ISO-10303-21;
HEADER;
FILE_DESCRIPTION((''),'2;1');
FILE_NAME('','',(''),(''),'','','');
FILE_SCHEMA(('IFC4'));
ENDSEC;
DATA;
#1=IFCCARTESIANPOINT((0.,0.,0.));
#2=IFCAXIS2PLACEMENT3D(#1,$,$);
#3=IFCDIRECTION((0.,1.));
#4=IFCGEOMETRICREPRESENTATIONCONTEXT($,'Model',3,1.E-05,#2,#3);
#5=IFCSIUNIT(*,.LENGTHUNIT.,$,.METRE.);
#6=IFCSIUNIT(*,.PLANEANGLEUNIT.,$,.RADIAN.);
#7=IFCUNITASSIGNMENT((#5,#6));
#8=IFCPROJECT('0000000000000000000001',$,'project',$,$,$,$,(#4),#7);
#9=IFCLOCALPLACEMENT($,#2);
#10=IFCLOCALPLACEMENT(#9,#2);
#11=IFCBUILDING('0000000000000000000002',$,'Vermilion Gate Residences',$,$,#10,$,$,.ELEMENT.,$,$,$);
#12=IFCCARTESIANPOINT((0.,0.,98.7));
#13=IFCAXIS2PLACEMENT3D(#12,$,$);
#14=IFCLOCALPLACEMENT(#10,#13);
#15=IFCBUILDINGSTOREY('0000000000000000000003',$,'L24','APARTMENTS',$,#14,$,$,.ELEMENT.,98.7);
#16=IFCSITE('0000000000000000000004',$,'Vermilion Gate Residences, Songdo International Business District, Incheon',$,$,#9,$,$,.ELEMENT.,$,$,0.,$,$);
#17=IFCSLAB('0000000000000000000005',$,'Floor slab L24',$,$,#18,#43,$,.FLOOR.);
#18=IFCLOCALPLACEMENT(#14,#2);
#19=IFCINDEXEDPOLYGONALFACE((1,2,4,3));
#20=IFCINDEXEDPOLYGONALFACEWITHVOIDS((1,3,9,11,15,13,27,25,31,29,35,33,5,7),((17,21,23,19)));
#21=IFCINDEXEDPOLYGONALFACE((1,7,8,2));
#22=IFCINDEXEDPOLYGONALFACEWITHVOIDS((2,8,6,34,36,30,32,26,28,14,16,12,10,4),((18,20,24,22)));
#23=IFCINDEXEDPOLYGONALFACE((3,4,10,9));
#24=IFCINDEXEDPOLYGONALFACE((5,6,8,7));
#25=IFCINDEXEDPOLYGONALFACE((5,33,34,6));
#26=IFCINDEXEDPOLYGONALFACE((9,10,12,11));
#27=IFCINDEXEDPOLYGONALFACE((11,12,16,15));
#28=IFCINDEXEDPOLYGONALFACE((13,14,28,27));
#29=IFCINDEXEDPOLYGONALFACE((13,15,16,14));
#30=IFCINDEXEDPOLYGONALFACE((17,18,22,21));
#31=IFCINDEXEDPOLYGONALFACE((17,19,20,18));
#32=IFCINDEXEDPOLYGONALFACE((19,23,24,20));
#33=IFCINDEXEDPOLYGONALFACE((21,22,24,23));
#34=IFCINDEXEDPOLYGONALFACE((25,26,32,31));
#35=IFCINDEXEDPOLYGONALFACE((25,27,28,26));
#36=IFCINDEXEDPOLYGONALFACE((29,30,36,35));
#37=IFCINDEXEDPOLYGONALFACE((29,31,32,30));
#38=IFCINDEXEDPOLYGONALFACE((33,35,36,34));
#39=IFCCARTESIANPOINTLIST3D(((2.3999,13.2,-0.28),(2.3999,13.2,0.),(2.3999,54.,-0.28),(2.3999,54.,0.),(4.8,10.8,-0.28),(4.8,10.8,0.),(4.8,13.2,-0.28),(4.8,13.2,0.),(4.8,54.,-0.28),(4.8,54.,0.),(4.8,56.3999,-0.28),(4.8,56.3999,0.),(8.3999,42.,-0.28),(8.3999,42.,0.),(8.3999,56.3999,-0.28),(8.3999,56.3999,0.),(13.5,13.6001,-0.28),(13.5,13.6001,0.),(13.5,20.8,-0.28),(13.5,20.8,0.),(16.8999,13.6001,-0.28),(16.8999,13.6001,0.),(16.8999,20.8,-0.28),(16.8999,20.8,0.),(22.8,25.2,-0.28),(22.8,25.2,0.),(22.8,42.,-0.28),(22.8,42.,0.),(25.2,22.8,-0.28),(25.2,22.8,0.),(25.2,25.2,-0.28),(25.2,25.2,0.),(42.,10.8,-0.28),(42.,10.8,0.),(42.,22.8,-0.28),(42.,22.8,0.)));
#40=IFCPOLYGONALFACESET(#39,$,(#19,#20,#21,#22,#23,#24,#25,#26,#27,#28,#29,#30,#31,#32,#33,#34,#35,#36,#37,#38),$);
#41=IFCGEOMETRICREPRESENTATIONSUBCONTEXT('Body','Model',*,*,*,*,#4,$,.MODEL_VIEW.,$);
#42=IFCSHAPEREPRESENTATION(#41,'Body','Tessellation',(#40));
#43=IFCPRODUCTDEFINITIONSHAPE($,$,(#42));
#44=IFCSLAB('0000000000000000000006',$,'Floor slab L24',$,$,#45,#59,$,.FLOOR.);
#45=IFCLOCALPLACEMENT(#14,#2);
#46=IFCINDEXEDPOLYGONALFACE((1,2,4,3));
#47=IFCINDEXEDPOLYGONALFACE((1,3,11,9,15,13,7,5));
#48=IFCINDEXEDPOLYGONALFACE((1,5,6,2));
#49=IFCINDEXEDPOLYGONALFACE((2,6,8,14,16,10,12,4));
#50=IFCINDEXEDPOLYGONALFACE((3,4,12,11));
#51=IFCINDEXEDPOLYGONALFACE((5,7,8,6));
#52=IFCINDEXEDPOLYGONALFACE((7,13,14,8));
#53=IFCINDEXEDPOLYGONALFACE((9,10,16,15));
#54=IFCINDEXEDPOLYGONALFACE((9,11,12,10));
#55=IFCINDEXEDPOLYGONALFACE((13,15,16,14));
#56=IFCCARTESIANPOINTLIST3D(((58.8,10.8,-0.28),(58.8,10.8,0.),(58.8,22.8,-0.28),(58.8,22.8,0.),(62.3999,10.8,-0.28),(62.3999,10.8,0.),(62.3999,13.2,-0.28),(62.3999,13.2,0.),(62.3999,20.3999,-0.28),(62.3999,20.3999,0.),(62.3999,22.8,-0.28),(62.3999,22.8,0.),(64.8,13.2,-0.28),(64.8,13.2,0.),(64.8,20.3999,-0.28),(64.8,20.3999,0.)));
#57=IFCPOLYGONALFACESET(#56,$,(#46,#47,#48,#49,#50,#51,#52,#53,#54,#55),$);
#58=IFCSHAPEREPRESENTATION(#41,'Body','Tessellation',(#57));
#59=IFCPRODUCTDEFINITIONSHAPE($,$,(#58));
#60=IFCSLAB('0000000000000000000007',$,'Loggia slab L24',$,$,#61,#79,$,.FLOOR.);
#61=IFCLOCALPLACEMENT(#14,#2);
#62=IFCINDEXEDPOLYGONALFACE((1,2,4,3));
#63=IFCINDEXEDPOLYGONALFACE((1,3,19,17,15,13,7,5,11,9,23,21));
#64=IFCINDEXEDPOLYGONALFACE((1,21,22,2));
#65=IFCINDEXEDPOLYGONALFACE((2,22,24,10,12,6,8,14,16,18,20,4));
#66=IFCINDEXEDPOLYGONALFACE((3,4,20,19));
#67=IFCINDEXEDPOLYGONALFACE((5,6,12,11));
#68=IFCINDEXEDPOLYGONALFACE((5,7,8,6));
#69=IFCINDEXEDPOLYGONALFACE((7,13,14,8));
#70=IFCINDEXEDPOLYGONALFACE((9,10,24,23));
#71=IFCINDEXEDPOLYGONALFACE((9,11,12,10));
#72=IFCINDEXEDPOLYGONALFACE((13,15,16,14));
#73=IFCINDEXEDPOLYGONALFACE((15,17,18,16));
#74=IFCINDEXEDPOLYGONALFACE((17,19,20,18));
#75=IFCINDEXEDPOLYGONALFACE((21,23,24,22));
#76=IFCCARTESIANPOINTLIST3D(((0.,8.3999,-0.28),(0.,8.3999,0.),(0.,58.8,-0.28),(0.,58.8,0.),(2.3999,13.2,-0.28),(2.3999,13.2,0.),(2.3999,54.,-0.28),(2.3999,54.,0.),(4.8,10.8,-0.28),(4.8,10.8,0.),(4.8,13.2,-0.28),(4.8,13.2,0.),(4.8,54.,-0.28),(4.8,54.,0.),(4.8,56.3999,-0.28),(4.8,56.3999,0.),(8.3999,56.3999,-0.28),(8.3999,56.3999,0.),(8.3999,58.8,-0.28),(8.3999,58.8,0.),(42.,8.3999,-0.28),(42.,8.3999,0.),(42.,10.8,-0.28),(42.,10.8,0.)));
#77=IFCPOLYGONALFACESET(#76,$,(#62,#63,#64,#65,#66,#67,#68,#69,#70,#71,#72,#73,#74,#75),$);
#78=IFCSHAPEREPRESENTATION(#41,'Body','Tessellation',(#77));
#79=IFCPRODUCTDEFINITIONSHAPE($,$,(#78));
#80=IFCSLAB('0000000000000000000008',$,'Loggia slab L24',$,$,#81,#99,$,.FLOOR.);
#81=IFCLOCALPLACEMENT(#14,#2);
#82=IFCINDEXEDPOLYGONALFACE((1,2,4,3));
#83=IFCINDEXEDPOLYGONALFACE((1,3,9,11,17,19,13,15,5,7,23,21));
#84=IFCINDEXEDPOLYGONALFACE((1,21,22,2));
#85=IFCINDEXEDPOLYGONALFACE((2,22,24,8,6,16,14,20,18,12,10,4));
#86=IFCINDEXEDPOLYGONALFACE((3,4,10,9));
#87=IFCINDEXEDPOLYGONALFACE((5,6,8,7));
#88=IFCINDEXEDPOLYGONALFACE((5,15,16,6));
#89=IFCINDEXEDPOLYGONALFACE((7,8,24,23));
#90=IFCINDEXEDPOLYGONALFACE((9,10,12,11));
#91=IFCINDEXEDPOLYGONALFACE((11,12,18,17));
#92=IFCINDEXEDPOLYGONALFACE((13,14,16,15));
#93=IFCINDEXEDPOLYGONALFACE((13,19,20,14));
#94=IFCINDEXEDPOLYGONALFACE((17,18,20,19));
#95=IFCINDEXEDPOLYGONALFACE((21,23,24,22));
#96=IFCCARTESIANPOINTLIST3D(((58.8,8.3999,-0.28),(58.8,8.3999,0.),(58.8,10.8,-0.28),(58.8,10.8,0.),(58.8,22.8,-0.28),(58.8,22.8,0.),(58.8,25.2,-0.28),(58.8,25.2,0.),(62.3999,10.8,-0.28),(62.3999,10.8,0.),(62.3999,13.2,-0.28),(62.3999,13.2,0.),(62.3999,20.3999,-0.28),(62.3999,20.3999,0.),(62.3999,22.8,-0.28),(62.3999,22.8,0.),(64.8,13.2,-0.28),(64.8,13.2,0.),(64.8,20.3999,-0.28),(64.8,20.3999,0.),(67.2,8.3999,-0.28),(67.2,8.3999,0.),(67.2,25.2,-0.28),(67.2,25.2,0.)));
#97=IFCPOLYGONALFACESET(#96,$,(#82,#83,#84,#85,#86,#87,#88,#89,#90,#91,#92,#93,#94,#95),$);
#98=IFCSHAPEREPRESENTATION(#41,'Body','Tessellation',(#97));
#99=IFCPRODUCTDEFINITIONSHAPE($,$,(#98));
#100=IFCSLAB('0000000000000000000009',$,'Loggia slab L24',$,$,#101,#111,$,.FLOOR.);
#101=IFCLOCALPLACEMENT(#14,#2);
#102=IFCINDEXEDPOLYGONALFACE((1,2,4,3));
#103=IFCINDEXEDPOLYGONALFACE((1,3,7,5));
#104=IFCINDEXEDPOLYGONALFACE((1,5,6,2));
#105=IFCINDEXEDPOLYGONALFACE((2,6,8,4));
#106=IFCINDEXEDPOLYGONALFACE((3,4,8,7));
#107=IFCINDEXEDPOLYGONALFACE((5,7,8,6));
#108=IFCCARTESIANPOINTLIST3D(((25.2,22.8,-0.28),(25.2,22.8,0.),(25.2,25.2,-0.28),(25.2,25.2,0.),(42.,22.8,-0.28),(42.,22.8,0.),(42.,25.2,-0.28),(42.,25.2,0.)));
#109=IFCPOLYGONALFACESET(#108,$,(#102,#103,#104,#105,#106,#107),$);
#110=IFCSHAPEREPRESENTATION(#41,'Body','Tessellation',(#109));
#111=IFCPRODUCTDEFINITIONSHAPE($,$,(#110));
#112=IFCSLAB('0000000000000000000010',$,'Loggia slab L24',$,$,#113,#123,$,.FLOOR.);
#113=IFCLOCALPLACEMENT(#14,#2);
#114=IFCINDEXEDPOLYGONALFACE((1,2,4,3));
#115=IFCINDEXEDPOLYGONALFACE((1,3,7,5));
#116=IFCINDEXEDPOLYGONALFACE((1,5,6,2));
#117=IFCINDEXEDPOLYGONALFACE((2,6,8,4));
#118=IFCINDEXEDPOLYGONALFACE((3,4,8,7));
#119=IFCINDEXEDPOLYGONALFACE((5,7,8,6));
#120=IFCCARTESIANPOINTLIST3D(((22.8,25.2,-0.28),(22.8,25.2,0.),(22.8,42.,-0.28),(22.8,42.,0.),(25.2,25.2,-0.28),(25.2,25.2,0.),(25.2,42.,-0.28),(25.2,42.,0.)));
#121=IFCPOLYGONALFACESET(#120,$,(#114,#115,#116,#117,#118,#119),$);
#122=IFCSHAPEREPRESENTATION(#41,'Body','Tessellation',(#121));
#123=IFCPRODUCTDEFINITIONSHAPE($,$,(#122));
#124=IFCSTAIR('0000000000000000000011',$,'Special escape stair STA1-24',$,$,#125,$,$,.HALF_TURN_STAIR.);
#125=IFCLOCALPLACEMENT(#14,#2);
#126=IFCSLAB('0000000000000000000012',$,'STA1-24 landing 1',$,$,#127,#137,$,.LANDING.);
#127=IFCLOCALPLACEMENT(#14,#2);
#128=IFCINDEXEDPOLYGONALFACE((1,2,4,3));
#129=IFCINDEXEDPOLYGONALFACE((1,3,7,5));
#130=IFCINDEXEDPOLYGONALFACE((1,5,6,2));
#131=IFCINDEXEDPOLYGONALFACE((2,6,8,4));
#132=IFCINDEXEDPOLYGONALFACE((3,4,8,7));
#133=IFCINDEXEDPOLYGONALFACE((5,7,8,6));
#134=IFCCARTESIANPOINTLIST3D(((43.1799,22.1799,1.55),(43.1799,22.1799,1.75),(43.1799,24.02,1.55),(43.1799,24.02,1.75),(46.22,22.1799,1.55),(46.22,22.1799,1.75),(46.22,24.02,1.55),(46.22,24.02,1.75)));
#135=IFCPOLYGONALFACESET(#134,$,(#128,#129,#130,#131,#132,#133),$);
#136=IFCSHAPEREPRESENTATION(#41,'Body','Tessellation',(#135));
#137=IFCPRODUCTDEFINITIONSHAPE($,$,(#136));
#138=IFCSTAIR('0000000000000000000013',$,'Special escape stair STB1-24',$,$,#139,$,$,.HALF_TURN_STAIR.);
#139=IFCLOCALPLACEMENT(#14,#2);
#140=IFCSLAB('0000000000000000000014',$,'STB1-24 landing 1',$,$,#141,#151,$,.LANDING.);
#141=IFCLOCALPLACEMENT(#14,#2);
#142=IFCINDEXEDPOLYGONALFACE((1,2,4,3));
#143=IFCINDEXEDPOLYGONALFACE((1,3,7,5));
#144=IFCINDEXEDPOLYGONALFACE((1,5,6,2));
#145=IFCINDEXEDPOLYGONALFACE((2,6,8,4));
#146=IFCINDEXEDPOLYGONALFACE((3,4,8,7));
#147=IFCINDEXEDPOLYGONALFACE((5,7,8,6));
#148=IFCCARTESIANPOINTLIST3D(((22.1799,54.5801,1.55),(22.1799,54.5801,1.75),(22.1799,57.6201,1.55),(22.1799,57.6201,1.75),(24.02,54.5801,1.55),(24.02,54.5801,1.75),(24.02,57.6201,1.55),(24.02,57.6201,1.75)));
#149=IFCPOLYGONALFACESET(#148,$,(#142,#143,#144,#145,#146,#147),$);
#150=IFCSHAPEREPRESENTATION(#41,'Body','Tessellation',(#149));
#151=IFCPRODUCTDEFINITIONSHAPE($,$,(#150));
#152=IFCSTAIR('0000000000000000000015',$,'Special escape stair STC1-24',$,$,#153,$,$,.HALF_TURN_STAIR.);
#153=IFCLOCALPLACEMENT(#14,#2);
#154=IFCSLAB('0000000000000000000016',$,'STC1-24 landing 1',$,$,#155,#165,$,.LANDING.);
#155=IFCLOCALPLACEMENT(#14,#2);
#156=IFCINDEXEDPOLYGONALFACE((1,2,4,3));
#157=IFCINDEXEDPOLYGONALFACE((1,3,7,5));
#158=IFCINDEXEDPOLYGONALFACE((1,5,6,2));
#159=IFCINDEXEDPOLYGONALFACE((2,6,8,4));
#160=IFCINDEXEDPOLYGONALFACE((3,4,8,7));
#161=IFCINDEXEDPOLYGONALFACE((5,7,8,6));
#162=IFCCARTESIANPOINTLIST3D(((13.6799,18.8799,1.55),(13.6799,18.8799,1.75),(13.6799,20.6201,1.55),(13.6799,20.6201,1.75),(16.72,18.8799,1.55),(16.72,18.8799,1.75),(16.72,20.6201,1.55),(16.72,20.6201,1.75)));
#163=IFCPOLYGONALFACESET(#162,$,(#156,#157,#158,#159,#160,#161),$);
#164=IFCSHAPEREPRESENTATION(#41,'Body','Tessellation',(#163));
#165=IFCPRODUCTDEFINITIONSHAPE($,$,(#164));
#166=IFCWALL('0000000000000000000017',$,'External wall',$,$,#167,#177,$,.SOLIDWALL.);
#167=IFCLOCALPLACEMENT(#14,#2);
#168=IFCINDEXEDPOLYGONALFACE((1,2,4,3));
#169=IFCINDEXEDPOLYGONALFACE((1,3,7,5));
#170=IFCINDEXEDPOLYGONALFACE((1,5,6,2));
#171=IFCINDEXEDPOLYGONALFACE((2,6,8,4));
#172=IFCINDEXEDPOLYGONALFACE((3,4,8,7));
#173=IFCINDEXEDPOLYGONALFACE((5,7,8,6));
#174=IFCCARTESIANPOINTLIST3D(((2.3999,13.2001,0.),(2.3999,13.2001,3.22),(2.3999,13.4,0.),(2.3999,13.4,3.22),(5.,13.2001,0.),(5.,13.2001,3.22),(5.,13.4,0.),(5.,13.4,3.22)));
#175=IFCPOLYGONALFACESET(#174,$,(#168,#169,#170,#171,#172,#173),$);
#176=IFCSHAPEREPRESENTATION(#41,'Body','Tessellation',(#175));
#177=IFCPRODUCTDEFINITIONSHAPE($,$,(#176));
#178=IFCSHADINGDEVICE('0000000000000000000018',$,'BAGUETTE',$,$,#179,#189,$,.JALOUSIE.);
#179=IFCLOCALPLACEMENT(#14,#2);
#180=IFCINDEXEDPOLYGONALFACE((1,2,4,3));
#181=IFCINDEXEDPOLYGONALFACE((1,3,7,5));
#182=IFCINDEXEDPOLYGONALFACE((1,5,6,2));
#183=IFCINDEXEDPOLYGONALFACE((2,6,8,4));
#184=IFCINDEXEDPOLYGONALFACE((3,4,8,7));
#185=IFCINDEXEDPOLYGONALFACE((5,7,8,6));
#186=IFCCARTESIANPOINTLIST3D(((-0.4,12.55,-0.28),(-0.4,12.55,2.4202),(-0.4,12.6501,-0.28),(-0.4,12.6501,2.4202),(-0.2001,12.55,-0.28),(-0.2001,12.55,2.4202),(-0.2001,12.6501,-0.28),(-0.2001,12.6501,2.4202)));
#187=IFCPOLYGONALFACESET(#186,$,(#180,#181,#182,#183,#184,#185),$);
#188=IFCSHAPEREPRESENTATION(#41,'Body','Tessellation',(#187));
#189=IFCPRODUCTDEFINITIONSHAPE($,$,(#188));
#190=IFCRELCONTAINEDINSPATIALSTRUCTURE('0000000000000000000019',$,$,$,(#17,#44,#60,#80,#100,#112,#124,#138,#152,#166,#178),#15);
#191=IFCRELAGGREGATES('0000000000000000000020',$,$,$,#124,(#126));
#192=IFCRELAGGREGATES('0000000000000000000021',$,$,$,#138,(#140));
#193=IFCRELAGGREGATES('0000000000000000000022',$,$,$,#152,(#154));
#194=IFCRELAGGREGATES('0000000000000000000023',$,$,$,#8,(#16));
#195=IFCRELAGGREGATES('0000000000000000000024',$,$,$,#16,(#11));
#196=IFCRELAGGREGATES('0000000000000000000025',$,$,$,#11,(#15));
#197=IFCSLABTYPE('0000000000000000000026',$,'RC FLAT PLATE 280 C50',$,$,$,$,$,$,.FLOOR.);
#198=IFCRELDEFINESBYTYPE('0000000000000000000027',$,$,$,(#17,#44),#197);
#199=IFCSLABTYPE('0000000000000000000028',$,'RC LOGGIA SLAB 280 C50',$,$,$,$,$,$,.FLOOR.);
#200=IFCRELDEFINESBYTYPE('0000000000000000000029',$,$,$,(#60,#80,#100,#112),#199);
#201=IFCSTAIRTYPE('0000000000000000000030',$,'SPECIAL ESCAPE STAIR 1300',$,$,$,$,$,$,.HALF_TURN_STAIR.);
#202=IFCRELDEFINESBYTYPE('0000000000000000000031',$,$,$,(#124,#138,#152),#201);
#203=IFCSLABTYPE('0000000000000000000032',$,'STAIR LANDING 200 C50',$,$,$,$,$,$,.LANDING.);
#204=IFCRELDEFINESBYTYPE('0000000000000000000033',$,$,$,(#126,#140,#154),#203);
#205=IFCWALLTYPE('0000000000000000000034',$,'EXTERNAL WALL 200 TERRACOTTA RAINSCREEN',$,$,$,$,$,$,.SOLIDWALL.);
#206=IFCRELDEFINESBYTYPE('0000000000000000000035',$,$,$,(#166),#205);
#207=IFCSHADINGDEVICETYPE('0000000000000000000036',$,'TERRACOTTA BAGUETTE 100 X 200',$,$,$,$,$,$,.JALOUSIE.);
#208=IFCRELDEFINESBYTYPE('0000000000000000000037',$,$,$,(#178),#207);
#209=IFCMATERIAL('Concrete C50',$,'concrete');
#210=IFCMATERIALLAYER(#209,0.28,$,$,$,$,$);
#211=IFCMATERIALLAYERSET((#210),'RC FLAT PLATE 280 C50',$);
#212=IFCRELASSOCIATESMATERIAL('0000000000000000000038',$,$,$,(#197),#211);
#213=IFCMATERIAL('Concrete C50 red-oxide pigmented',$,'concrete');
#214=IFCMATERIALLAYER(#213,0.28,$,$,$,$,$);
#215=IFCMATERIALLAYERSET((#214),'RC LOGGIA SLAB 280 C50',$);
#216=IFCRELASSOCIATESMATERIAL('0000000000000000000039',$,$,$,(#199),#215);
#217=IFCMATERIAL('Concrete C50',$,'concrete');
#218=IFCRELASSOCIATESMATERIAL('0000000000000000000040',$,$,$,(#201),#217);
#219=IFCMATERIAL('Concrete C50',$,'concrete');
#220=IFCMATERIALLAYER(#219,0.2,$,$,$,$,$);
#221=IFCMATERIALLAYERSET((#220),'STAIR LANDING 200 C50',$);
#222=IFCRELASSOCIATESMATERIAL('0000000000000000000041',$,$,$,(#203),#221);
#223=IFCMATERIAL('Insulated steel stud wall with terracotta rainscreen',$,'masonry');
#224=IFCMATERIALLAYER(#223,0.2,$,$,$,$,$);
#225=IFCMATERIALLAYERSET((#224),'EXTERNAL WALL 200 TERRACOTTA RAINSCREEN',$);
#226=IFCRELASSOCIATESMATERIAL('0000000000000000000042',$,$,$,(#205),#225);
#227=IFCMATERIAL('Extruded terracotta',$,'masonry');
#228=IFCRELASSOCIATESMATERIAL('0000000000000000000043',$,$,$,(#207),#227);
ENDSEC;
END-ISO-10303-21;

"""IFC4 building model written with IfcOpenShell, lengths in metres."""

from ifc_helpers import new_model, si_unit, direction, frame, frame_2d, origin, origin_2d, place, context, subcontext, project, spatial, polyline, rectangle, outline, extrude, material, layer, layer_set, material_profile, profile_set, type_object, element, aggregate, save


model = new_model("IFC4")

# Units and contexts
model_context = context("Model", 3, precision=1e-05, world=origin(), true_north=direction((0.0, 1.0)))
body_context = subcontext(model_context, "Body", "Model", "MODEL_VIEW")
ifc_project = project(units=[si_unit("LENGTHUNIT", "METRE"), si_unit("PLANEANGLEUNIT", "RADIAN")], contexts=[model_context])

# Site, building, storey
site_placement = place(None, origin())
site = spatial("IfcSite", under=ifc_project, at=site_placement, Name="Vermilion Gate Residences, Songdo International Business District, Incheon", CompositionType="ELEMENT", RefElevation=0.0)
building_placement = place(site_placement, origin())
building = spatial("IfcBuilding", under=site, at=building_placement, Name="Vermilion Gate Residences", CompositionType="ELEMENT")
storey_placement = place(building_placement, frame((0.0, 0.0, 98.7)))
storey = spatial("IfcBuildingStorey", under=building, at=storey_placement, Name="L24", Description="APARTMENTS", CompositionType="ELEMENT", Elevation=98.7)

# Slabs
ifc_material_1 = material(Name="Concrete C50", Category="concrete")
ifc_layer_1 = layer(ifc_material_1, 0.28)
ifc_layer_set_1 = layer_set([ifc_layer_1], Name="RC FLAT PLATE 280 C50")
slab_type_1 = type_object("IfcSlabType", Name="RC FLAT PLATE 280 C50", PredefinedType="FLOOR", material=ifc_layer_set_1)
slab_1_placement = place(storey_placement, frame((0.0, 0.0, -0.28)))
element("IfcSlab", 1, at=slab_1_placement, inside=storey, type_object=slab_type_1, Name="Floor slab L24", PredefinedType="FLOOR", context=body_context, shape_type="SweptSolid", body=[
    extrude(outline(polyline([(22.8, 25.2), (22.8, 42.0), (8.3999, 42.0), (8.3999, 56.3999), (4.8, 56.3999), (4.8, 54.0), (2.3999, 54.0), (2.3999, 13.2), (4.8, 13.2), (4.8, 10.8), (42.0, 10.8), (42.0, 22.8), (25.2, 22.8), (25.2, 25.2), (22.8, 25.2)]), holes=[polyline([(13.5, 13.6001), (13.5, 20.8), (16.8999, 20.8), (16.8999, 13.6001), (13.5, 13.6001)])]), origin(), (0.0, 0.0, 1.0), 0.28),
])
slab_2_placement = place(storey_placement, frame((0.0, 0.0, -0.28)))
element("IfcSlab", 2, at=slab_2_placement, inside=storey, type_object=slab_type_1, Name="Floor slab L24", PredefinedType="FLOOR", context=body_context, shape_type="SweptSolid", body=[
    extrude(outline(polyline([(58.8, 22.8), (58.8, 10.8), (62.3999, 10.8), (62.3999, 13.2), (64.8, 13.2), (64.8, 20.3999), (62.3999, 20.3999), (62.3999, 22.8), (58.8, 22.8)])), origin(), (0.0, 0.0, 1.0), 0.28),
])
ifc_material_2 = material(Name="Concrete C50 red-oxide pigmented", Category="concrete")
ifc_layer_2 = layer(ifc_material_2, 0.28)
ifc_layer_set_2 = layer_set([ifc_layer_2], Name="RC LOGGIA SLAB 280 C50")
slab_type_2 = type_object("IfcSlabType", Name="RC LOGGIA SLAB 280 C50", PredefinedType="FLOOR", material=ifc_layer_set_2)
slab_3_placement = place(storey_placement, frame((0.0, 0.0, -0.28)))
element("IfcSlab", 3, at=slab_3_placement, inside=storey, type_object=slab_type_2, Name="Loggia slab L24", PredefinedType="FLOOR", context=body_context, shape_type="SweptSolid", body=[
    extrude(outline(polyline([(0.0, 58.8), (0.0, 8.3999), (42.0, 8.3999), (42.0, 10.8), (4.8, 10.8), (4.8, 13.2), (2.3999, 13.2), (2.3999, 54.0), (4.8, 54.0), (4.8, 56.3999), (8.3999, 56.3999), (8.3999, 58.8), (0.0, 58.8)])), origin(), (0.0, 0.0, 1.0), 0.28),
])
slab_4_placement = place(storey_placement, frame((0.0, 0.0, -0.28)))
element("IfcSlab", 4, at=slab_4_placement, inside=storey, type_object=slab_type_2, Name="Loggia slab L24", PredefinedType="FLOOR", context=body_context, shape_type="SweptSolid", body=[
    extrude(outline(polyline([(64.8, 20.3999), (64.8, 13.2), (62.3999, 13.2), (62.3999, 10.8), (58.8, 10.8), (58.8, 8.3999), (67.2, 8.3999), (67.2, 25.2), (58.8, 25.2), (58.8, 22.8), (62.3999, 22.8), (62.3999, 20.3999), (64.8, 20.3999)])), origin(), (0.0, 0.0, 1.0), 0.28),
])
slab_5_placement = place(storey_placement, frame((0.0, 0.0, -0.28)))
element("IfcSlab", 5, at=slab_5_placement, inside=storey, type_object=slab_type_2, Name="Loggia slab L24", PredefinedType="FLOOR", context=body_context, shape_type="SweptSolid", body=[
    extrude(outline(polyline([(25.2, 22.8), (42.0, 22.8), (42.0, 25.2), (25.2, 25.2), (25.2, 22.8)])), origin(), (0.0, 0.0, 1.0), 0.28),
])
slab_6_placement = place(storey_placement, frame((0.0, 0.0, -0.28)))
element("IfcSlab", 6, at=slab_6_placement, inside=storey, type_object=slab_type_2, Name="Loggia slab L24", PredefinedType="FLOOR", context=body_context, shape_type="SweptSolid", body=[
    extrude(outline(polyline([(25.2, 25.2), (25.2, 42.0), (22.8, 42.0), (22.8, 25.2), (25.2, 25.2)])), origin(), (0.0, 0.0, 1.0), 0.28),
])

# Stairs, slabs
ifc_material_3 = material(Name="Concrete C50", Category="concrete")
stair_type = type_object("IfcStairType", Name="SPECIAL ESCAPE STAIR 1300", PredefinedType="HALF_TURN_STAIR", material=ifc_material_3)
stair_1_placement = place(storey_placement, origin())
stair_1 = element("IfcStair", 7, at=stair_1_placement, inside=storey, type_object=stair_type, Name="Special escape stair STA1-24", PredefinedType="HALF_TURN_STAIR")
ifc_material_4 = material(Name="Concrete C50", Category="concrete")
ifc_layer_3 = layer(ifc_material_4, 0.2)
ifc_layer_set_3 = layer_set([ifc_layer_3], Name="STAIR LANDING 200 C50")
slab_type_3 = type_object("IfcSlabType", Name="STAIR LANDING 200 C50", PredefinedType="LANDING", material=ifc_layer_set_3)
slab_7_placement = place(storey_placement, frame((0.0, 0.0, 1.55)))
slab_7 = element("IfcSlab", 8, at=slab_7_placement, type_object=slab_type_3, Name="STA1-24 landing 1", PredefinedType="LANDING", context=body_context, shape_type="SweptSolid", body=[
    extrude(outline(polyline([(46.22, 22.1799), (46.22, 24.02), (43.1799, 24.02), (43.1799, 22.1799), (46.22, 22.1799)])), origin(), (0.0, 0.0, 1.0), 0.2),
])
aggregate(stair_1, [slab_7])
stair_2_placement = place(storey_placement, origin())
stair_2 = element("IfcStair", 9, at=stair_2_placement, inside=storey, type_object=stair_type, Name="Special escape stair STB1-24", PredefinedType="HALF_TURN_STAIR")
slab_8_placement = place(storey_placement, frame((0.0, 0.0, 1.55)))
slab_8 = element("IfcSlab", 10, at=slab_8_placement, type_object=slab_type_3, Name="STB1-24 landing 1", PredefinedType="LANDING", context=body_context, shape_type="SweptSolid", body=[
    extrude(outline(polyline([(24.02, 54.5801), (24.02, 57.6201), (22.1799, 57.6201), (22.1799, 54.5801), (24.02, 54.5801)])), origin(), (0.0, 0.0, 1.0), 0.2),
])
aggregate(stair_2, [slab_8])
stair_3_placement = place(storey_placement, origin())
stair_3 = element("IfcStair", 11, at=stair_3_placement, inside=storey, type_object=stair_type, Name="Special escape stair STC1-24", PredefinedType="HALF_TURN_STAIR")
slab_9_placement = place(storey_placement, frame((0.0, 0.0, 1.55)))
slab_9 = element("IfcSlab", 12, at=slab_9_placement, type_object=slab_type_3, Name="STC1-24 landing 1", PredefinedType="LANDING", context=body_context, shape_type="SweptSolid", body=[
    extrude(outline(polyline([(16.72, 18.8799), (16.72, 20.6201), (13.6799, 20.6201), (13.6799, 18.8799), (16.72, 18.8799)])), origin(), (0.0, 0.0, 1.0), 0.2),
])
aggregate(stair_3, [slab_9])

# Wall
ifc_material_5 = material(Name="Insulated steel stud wall with terracotta rainscreen", Category="masonry")
ifc_layer_4 = layer(ifc_material_5, 0.2)
ifc_layer_set_4 = layer_set([ifc_layer_4], Name="EXTERNAL WALL 200 TERRACOTTA RAINSCREEN")
wall_type = type_object("IfcWallType", Name="EXTERNAL WALL 200 TERRACOTTA RAINSCREEN", PredefinedType="SOLIDWALL", material=ifc_layer_set_4)
wall_placement = place(storey_placement, frame((2.3999, 13.3, 0.0), z_axis=(0.0, 0.0, 1.0), x_axis=(1.0, 0.0, 0.0)))
element("IfcWall", 13, at=wall_placement, inside=storey, type_object=wall_type, Name="External wall", PredefinedType="SOLIDWALL", context=body_context, shape_type="SweptSolid", body=[
    extrude(rectangle(XDim=2.6001, YDim=0.2, at=frame_2d((1.3, 0.0))), origin(), (0.0, 0.0, 1.0), 3.22),
])

# Shading device
ifc_material_6 = material(Name="Extruded terracotta", Category="masonry")
ifc_material_profile_1 = material_profile(ifc_material_6, rectangle(XDim=0.2, YDim=0.1001, at=origin_2d()), Name="BAGUETTE 100 X 200")
ifc_profile_set_1 = profile_set([ifc_material_profile_1], Name="Extruded terracotta")
shading_device_type = type_object("IfcShadingDeviceType", Name="TERRACOTTA BAGUETTE 100 X 200", PredefinedType="JALOUSIE", material=ifc_profile_set_1)
shading_device_placement = place(storey_placement, frame((-0.3, 12.6001, -0.28), z_axis=(0.0, 0.0, 1.0), x_axis=(1.0, 0.0, 0.0)))
element("IfcShadingDevice", 14, at=shading_device_placement, inside=storey, type_object=shading_device_type, Name="BAGUETTE", PredefinedType="JALOUSIE", context=body_context, shape_type="SweptSolid", body=[
    extrude(rectangle(XDim=0.2, YDim=0.1001, at=origin_2d()), origin(), (0.0, 0.0, 1.0), 2.7002),
])

save(model, "model.ifc")
